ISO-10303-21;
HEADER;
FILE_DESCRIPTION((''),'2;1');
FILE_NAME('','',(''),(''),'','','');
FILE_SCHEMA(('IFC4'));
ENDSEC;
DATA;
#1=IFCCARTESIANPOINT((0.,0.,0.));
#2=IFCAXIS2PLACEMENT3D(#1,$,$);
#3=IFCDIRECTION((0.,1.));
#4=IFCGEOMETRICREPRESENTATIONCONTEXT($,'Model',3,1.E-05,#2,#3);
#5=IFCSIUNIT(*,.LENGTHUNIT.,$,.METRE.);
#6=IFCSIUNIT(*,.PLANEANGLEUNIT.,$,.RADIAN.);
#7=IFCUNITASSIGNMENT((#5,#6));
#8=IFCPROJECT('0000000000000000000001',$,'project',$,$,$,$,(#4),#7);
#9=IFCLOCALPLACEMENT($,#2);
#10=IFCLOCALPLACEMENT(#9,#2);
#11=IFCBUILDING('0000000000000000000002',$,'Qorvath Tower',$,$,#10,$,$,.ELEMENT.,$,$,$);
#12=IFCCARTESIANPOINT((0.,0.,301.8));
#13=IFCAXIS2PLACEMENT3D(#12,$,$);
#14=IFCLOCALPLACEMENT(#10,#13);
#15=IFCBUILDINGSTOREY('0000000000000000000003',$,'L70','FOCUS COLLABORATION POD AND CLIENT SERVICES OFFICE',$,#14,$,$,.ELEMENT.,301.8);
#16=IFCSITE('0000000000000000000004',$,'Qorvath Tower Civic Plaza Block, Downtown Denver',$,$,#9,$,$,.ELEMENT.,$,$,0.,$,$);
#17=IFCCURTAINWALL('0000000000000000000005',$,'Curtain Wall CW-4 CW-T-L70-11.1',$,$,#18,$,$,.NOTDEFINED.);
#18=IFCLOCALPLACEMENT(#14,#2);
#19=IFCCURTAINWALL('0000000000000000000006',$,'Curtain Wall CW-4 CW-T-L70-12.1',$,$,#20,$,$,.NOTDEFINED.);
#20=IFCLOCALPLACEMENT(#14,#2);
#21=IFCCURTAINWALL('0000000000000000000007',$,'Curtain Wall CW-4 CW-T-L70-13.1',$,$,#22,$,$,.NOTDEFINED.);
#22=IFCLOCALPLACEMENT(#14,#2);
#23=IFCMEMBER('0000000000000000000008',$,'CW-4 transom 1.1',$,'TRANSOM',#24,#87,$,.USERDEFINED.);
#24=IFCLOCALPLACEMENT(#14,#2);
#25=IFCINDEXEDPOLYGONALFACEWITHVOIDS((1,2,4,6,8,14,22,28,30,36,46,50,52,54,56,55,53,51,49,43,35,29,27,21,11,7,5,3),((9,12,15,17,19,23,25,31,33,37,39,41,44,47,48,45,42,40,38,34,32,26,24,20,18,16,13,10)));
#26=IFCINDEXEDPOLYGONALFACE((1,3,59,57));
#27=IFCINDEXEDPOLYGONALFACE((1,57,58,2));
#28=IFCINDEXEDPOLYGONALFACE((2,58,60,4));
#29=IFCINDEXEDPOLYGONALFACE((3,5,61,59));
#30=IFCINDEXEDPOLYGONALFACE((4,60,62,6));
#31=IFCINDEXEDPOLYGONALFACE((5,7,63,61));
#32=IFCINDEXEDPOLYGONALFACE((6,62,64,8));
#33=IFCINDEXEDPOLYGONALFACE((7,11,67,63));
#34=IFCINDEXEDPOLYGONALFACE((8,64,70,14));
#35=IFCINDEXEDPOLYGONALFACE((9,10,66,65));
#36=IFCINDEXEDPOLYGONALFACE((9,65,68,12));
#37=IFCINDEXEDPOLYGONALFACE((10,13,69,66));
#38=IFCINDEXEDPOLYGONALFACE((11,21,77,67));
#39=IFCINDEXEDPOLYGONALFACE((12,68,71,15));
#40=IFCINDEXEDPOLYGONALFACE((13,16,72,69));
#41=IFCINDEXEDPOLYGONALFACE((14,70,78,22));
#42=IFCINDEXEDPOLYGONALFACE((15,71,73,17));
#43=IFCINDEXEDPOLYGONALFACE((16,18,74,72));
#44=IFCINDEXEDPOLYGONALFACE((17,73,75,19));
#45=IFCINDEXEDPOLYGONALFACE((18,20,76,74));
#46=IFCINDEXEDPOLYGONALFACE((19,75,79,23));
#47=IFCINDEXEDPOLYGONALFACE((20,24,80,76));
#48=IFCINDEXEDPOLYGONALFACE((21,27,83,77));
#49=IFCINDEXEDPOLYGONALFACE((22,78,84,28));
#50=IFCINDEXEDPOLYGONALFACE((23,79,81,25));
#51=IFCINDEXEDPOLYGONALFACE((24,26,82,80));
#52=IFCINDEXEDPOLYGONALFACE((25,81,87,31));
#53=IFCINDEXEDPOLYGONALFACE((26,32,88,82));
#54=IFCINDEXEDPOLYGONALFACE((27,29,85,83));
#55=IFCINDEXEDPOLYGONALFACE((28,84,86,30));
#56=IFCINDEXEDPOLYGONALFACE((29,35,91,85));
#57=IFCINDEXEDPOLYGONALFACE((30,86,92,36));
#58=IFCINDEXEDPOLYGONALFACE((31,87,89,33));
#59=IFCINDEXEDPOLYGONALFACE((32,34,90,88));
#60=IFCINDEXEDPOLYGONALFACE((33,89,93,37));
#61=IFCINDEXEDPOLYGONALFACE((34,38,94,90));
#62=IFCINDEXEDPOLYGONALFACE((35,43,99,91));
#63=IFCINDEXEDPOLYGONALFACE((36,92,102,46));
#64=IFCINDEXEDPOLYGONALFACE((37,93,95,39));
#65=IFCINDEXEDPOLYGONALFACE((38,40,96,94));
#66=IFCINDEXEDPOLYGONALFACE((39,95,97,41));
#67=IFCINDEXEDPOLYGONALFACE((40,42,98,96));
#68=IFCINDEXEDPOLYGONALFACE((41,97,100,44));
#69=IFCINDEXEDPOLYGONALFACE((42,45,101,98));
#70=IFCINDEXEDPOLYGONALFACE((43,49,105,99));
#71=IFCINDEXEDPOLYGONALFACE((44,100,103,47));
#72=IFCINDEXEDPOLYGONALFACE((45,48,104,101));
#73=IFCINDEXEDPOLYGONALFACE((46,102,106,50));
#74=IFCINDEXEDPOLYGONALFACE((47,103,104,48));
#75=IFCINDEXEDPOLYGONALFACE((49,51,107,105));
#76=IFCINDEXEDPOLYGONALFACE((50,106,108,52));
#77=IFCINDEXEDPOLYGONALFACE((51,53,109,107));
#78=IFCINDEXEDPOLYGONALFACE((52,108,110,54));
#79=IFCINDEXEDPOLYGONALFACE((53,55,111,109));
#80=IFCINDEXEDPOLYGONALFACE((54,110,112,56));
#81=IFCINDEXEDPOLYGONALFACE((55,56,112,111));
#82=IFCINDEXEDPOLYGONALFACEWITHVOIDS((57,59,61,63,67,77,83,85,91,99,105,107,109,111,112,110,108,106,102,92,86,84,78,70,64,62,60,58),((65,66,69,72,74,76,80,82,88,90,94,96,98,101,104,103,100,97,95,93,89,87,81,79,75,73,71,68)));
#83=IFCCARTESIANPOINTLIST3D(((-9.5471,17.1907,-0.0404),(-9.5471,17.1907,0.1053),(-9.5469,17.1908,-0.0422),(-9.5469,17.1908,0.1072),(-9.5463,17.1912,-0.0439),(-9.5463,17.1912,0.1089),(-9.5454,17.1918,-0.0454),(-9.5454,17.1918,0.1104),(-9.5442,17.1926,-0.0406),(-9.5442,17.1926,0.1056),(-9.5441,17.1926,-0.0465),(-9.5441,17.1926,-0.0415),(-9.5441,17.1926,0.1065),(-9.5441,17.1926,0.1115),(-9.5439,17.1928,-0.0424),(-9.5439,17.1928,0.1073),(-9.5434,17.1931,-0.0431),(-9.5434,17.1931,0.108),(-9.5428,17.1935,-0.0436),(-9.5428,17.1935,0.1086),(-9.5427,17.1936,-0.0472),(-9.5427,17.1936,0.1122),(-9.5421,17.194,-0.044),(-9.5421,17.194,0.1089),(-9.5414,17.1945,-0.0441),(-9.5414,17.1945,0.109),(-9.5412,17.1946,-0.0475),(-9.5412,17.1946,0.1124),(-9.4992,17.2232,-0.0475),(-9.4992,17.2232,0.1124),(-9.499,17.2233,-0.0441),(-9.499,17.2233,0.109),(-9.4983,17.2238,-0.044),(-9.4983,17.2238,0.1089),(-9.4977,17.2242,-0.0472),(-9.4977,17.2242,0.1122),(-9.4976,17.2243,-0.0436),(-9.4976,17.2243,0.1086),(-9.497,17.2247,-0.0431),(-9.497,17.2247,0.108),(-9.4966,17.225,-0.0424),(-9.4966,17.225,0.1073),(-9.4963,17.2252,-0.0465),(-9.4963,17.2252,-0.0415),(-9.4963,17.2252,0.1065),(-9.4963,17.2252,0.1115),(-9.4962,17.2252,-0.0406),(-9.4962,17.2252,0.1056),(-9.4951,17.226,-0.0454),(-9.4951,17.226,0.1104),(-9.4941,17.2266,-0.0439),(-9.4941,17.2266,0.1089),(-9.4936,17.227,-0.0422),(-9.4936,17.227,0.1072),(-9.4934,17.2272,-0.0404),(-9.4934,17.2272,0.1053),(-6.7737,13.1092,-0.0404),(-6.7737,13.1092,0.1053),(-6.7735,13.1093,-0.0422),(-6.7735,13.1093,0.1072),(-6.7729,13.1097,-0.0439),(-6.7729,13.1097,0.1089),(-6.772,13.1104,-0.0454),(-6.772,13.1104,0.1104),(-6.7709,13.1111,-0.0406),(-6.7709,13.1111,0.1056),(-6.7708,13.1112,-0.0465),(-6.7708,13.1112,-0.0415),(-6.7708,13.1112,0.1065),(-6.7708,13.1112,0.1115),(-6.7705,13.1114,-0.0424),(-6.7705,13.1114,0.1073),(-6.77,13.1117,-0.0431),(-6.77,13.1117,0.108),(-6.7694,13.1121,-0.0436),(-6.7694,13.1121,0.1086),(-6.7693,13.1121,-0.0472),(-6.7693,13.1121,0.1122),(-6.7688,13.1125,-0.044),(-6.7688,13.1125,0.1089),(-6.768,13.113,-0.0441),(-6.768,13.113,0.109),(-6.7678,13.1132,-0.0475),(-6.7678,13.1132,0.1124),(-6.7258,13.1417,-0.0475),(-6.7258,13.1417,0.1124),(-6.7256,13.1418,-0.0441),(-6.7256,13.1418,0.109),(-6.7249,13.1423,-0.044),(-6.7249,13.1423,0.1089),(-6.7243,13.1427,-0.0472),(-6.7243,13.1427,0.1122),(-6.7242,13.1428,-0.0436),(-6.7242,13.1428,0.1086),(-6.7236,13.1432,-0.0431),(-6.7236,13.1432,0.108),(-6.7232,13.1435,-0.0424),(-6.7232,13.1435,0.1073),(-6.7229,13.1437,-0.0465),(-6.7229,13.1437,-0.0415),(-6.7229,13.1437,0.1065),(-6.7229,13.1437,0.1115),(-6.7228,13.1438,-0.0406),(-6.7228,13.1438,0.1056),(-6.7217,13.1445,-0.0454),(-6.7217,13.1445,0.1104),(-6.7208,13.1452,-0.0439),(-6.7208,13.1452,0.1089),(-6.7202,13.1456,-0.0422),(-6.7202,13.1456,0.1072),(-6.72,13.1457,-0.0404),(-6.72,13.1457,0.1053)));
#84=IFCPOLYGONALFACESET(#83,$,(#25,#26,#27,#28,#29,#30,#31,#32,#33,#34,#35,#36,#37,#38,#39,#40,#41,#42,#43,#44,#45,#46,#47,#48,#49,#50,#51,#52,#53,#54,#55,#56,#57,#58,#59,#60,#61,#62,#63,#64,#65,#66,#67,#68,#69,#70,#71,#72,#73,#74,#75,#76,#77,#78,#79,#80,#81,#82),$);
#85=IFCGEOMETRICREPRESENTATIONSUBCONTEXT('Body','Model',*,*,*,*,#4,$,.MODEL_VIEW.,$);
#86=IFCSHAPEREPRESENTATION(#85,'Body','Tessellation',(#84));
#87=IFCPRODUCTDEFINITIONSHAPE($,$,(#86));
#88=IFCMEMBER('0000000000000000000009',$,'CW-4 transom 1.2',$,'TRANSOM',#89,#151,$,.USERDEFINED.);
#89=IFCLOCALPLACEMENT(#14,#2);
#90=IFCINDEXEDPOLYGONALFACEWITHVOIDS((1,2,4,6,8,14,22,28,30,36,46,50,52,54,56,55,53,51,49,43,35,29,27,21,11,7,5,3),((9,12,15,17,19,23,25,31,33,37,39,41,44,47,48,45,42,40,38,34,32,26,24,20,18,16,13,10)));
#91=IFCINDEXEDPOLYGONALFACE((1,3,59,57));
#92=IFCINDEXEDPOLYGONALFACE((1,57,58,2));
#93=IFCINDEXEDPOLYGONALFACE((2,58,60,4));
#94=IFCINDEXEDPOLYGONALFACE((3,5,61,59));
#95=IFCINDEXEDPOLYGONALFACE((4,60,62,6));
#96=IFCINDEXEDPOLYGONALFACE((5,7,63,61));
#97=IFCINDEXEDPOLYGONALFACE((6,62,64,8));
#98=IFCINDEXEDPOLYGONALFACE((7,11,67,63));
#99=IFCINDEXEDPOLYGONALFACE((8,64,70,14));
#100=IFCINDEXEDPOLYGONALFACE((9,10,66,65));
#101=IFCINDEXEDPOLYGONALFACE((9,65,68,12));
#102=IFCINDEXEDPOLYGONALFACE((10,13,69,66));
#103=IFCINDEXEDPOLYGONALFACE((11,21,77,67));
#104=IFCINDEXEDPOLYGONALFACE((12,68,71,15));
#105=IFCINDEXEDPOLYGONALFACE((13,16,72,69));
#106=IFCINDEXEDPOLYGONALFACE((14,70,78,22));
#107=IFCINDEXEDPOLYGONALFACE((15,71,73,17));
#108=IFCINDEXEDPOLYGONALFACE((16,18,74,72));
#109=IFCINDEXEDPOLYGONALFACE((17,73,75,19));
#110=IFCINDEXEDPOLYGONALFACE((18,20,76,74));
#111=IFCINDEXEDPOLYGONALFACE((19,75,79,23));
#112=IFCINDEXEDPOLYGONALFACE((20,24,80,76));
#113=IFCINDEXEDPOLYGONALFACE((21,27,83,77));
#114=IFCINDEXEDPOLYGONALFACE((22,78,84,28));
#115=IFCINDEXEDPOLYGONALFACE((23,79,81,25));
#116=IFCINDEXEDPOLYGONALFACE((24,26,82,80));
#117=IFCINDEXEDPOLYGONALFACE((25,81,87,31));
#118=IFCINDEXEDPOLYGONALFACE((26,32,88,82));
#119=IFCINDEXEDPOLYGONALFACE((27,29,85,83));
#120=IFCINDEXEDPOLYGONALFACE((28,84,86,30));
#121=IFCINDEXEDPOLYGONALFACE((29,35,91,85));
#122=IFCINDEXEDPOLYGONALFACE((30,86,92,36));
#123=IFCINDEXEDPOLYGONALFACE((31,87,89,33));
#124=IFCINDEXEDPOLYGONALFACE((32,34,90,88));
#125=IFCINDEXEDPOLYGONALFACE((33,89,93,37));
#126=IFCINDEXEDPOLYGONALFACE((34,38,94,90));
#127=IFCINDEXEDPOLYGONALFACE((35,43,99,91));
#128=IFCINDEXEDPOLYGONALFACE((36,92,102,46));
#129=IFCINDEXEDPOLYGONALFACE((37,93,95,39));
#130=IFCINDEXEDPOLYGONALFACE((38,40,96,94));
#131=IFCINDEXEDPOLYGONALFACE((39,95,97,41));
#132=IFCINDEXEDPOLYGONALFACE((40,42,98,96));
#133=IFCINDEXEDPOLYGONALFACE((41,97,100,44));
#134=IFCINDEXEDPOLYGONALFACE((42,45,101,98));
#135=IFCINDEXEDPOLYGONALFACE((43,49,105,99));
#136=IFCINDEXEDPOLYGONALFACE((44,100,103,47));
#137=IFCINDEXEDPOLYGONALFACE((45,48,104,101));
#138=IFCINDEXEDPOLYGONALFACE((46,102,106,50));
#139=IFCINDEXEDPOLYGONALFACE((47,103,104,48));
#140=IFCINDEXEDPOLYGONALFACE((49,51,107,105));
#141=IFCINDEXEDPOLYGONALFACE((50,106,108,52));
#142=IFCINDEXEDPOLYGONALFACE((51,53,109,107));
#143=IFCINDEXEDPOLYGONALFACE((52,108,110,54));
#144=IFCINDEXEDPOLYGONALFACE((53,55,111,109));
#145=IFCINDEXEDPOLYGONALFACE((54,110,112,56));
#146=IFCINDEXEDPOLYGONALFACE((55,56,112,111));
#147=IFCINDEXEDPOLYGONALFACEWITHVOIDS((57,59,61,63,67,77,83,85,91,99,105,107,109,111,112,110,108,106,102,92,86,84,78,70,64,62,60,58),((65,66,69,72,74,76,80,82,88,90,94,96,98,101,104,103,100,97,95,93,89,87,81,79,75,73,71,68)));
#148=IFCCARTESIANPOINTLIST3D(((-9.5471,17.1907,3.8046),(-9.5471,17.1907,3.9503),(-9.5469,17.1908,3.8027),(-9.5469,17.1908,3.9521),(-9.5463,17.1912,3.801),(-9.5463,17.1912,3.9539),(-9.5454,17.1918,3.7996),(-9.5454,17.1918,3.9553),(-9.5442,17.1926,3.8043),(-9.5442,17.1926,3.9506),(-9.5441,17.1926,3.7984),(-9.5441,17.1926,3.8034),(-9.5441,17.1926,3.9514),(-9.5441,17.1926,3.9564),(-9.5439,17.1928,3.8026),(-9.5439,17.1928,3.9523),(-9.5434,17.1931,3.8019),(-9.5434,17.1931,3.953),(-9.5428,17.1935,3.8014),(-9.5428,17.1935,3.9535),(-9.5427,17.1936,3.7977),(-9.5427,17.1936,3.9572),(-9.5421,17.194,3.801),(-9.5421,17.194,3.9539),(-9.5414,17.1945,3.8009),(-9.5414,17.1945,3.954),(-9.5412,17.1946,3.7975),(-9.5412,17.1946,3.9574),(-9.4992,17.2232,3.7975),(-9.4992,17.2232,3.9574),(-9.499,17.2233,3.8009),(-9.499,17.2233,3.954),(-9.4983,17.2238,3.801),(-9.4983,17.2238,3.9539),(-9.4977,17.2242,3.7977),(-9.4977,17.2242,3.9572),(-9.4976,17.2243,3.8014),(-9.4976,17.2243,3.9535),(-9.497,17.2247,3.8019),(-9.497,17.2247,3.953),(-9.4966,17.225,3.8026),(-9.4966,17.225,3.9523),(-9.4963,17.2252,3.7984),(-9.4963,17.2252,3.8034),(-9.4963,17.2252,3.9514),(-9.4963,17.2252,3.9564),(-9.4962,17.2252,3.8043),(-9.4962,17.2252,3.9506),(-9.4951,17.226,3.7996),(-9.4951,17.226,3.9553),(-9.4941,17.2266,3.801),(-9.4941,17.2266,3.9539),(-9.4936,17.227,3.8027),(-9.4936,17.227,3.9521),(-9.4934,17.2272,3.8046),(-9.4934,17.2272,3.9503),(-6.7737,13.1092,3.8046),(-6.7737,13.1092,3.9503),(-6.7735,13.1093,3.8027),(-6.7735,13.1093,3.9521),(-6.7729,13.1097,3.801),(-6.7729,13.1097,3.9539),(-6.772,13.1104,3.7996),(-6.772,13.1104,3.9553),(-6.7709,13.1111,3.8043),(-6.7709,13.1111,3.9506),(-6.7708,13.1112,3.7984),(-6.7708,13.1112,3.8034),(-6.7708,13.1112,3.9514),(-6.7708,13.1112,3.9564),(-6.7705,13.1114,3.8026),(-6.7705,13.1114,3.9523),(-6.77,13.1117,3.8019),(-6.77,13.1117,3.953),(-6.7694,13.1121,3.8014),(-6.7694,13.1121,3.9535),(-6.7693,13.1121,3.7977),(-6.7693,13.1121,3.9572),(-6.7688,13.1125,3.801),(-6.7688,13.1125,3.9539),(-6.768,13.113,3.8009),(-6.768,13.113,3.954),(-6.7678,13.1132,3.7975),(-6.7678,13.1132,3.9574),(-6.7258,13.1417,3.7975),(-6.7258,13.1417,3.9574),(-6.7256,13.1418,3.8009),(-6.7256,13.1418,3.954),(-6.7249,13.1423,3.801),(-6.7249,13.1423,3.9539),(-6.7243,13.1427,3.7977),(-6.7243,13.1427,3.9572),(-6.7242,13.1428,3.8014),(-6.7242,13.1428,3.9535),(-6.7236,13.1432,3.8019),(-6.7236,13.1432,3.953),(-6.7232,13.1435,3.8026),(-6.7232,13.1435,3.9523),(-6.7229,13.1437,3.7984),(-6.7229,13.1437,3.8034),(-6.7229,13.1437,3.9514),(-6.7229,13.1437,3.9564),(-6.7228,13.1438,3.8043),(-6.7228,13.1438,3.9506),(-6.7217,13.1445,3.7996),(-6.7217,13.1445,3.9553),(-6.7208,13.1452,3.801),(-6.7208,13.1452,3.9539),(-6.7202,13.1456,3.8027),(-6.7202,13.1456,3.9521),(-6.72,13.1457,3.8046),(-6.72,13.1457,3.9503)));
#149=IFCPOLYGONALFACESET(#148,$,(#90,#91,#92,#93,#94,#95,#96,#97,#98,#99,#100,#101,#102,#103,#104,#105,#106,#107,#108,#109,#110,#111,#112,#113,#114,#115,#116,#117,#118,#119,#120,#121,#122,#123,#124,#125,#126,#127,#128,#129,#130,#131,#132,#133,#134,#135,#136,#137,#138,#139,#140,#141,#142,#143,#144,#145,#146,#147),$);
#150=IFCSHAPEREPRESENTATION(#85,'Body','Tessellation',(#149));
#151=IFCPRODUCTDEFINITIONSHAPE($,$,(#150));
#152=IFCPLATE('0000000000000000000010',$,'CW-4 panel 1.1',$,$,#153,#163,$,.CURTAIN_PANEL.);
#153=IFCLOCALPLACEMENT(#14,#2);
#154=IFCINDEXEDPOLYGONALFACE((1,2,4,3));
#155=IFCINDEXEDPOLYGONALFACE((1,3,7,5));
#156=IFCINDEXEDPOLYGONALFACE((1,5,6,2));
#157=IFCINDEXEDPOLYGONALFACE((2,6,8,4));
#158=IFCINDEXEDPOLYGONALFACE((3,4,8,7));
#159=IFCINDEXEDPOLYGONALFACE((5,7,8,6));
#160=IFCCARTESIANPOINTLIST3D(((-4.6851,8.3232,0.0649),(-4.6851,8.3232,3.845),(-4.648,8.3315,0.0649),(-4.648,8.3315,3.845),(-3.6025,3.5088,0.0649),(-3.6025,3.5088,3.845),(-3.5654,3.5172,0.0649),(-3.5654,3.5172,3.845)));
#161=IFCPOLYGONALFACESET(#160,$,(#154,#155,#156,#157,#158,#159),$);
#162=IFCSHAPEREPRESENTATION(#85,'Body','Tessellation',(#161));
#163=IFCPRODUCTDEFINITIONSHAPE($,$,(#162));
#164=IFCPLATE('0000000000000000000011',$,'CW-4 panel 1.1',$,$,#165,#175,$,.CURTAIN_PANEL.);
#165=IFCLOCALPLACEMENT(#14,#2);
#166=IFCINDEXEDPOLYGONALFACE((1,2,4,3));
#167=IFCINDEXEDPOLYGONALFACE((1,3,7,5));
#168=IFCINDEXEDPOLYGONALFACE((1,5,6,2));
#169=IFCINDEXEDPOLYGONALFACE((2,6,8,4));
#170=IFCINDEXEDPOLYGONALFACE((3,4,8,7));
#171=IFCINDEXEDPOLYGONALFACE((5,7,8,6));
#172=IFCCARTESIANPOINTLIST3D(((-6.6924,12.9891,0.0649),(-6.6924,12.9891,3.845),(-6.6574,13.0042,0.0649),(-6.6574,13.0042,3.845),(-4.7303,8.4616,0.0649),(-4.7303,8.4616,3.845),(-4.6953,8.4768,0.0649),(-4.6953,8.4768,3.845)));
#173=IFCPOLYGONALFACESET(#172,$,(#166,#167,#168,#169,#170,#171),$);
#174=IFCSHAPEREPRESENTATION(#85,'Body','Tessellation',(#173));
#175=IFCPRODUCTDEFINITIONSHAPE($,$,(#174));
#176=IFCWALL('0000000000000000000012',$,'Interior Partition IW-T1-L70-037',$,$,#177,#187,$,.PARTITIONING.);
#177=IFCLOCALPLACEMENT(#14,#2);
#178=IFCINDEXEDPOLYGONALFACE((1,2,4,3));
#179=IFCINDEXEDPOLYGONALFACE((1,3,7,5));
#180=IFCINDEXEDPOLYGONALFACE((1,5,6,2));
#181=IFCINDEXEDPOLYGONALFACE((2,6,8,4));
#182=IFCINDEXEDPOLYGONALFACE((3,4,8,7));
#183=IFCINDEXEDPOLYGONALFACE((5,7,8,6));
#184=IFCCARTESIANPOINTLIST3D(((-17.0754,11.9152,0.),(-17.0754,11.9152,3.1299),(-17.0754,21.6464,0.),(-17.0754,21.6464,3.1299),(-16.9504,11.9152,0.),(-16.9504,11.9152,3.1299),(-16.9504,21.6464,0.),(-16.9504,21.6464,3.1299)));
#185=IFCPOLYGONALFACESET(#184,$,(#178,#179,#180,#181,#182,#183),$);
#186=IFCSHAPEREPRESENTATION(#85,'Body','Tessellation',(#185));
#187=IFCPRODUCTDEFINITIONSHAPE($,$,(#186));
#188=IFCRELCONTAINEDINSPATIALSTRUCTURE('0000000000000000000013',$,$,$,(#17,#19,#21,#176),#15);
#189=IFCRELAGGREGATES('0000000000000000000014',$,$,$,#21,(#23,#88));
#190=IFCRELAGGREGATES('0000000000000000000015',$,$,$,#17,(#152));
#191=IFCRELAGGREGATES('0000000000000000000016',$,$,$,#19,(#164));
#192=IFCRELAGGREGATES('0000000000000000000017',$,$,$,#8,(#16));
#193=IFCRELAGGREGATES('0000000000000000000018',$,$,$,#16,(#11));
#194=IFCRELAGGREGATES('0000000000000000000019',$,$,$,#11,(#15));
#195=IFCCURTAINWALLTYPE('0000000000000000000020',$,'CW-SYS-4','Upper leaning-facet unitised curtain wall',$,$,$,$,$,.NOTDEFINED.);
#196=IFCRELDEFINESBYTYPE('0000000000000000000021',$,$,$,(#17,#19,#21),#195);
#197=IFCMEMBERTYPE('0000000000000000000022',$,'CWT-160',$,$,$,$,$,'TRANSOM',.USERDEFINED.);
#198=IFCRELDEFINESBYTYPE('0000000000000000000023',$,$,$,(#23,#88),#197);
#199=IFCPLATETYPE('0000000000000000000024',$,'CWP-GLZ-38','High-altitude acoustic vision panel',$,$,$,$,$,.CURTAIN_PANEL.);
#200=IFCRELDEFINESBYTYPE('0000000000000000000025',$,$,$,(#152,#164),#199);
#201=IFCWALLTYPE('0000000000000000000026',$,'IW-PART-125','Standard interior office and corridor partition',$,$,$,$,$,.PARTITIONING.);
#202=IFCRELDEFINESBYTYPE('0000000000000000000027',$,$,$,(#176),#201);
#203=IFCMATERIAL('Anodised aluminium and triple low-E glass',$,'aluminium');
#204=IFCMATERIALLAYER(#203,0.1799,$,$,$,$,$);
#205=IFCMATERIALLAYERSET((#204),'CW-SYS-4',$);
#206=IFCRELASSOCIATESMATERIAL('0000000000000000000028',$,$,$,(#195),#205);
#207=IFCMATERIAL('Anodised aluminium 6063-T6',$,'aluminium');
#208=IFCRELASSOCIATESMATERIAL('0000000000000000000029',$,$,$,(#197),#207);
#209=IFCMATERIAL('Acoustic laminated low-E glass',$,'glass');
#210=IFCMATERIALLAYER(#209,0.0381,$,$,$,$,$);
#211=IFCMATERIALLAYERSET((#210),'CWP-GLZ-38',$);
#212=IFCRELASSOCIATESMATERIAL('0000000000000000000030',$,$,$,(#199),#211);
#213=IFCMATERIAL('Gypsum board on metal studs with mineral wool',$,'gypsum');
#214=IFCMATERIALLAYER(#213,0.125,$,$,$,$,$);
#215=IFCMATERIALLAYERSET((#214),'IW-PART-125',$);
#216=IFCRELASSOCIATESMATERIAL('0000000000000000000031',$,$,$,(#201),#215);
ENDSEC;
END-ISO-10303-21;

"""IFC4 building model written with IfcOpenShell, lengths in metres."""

from ifc_helpers import new_model, si_unit, direction, frame, frame_2d, origin, origin_2d, place, context, subcontext, project, spatial, rectangle, hollow_rectangle, extrude, material, layer, layer_set, material_profile, profile_set, type_object, element, aggregate, save


model = new_model("IFC4")

# Units and contexts
model_context = context("Model", 3, precision=1e-05, world=origin(), true_north=direction((0.0, 1.0)))
body_context = subcontext(model_context, "Body", "Model", "MODEL_VIEW")
ifc_project = project(units=[si_unit("LENGTHUNIT", "METRE"), si_unit("PLANEANGLEUNIT", "RADIAN")], contexts=[model_context])

# Site, building, storey
site_placement = place(None, origin())
site = spatial("IfcSite", under=ifc_project, at=site_placement, Name="Qorvath Tower Civic Plaza Block, Downtown Denver", CompositionType="ELEMENT", RefElevation=0.0)
building_placement = place(site_placement, origin())
building = spatial("IfcBuilding", under=site, at=building_placement, Name="Qorvath Tower", CompositionType="ELEMENT")
storey_placement = place(building_placement, frame((0.0, 0.0, 301.8)))
storey = spatial("IfcBuildingStorey", under=building, at=storey_placement, Name="L70", Description="FOCUS COLLABORATION POD AND CLIENT SERVICES OFFICE", CompositionType="ELEMENT", Elevation=301.8)

# Curtain wall
ifc_material_1 = material(Name="Anodised aluminium and triple low-E glass", Category="aluminium")
ifc_layer_1 = layer(ifc_material_1, 0.1799)
ifc_layer_set_1 = layer_set([ifc_layer_1], Name="CW-SYS-4")
curtain_wall_type = type_object("IfcCurtainWallType", Name="CW-SYS-4", Description="Upper leaning-facet unitised curtain wall", PredefinedType="NOTDEFINED", material=ifc_layer_set_1)
curtain_wall_1_placement = place(storey_placement, origin())
curtain_wall_1 = element("IfcCurtainWall", 1, at=curtain_wall_1_placement, inside=storey, type_object=curtain_wall_type, Name="Curtain Wall CW-4 CW-T-L70-11.1", PredefinedType="NOTDEFINED")

# Curtain wall
curtain_wall_2_placement = place(storey_placement, origin())
curtain_wall_2 = element("IfcCurtainWall", 2, at=curtain_wall_2_placement, inside=storey, type_object=curtain_wall_type, Name="Curtain Wall CW-4 CW-T-L70-12.1", PredefinedType="NOTDEFINED")

# Curtain wall
curtain_wall_3_placement = place(storey_placement, origin())
curtain_wall_3 = element("IfcCurtainWall", 3, at=curtain_wall_3_placement, inside=storey, type_object=curtain_wall_type, Name="Curtain Wall CW-4 CW-T-L70-13.1", PredefinedType="NOTDEFINED")

# Members
ifc_material_2 = material(Name="Anodised aluminium 6063-T6", Category="aluminium")
ifc_material_profile_1 = material_profile(ifc_material_2, hollow_rectangle(XDim=0.0649, YDim=0.1599, WallThickness=0.0034, InnerFilletRadius=0.0034, OuterFilletRadius=0.0071, at=origin_2d()), Name="CWT 160x65")
ifc_profile_set_1 = profile_set([ifc_material_profile_1], Name="Anodised aluminium 6063-T6")
member_type_1 = type_object("IfcMemberType", Name="CWT-160", ElementType="TRANSOM", PredefinedType="USERDEFINED", material=ifc_profile_set_1)
member_1_placement = place(storey_placement, frame((-6.7468, 13.1274, 0.0325), z_axis=(-0.562031, 0.827116, 0.0), x_axis=(-0.827116, -0.562031, 0.0)))
member_1 = element("IfcMember", 4, at=member_1_placement, type_object=member_type_1, Name="CW-4 transom 1.1", ObjectType="TRANSOM", PredefinedType="USERDEFINED", context=body_context, shape_type="SweptSolid", body=[
    extrude(hollow_rectangle(XDim=0.0649, YDim=0.1599, WallThickness=0.0034, InnerFilletRadius=0.0034, OuterFilletRadius=0.0071, at=origin_2d()), origin(), (0.0, 0.0, 1.0), 4.9346),
])
member_2_placement = place(storey_placement, frame((-6.7468, 13.1274, 3.8774), z_axis=(-0.562031, 0.827116, 0.0), x_axis=(-0.827116, -0.562031, 0.0)))
member_2 = element("IfcMember", 5, at=member_2_placement, type_object=member_type_1, Name="CW-4 transom 1.2", ObjectType="TRANSOM", PredefinedType="USERDEFINED", context=body_context, shape_type="SweptSolid", body=[
    extrude(hollow_rectangle(XDim=0.0649, YDim=0.1599, WallThickness=0.0034, InnerFilletRadius=0.0034, OuterFilletRadius=0.0071, at=origin_2d()), origin(), (0.0, 0.0, 1.0), 4.9346),
])
aggregate(curtain_wall_3, [member_1, member_2])

# Plates
ifc_material_3 = material(Name="Acoustic laminated low-E glass", Category="glass")
ifc_layer_2 = layer(ifc_material_3, 0.0381)
ifc_layer_set_2 = layer_set([ifc_layer_2], Name="CWP-GLZ-38")
plate_type = type_object("IfcPlateType", Name="CWP-GLZ-38", Description="High-altitude acoustic vision panel", PredefinedType="CURTAIN_PANEL", material=ifc_layer_set_2)
plate_1_placement = place(storey_placement, frame((-4.1252, 5.9202, 0.0649), z_axis=(0.0, 0.0, 1.0), x_axis=(-0.219389, 0.975637, 0.0)))
plate_1 = element("IfcPlate", 6, at=plate_1_placement, type_object=plate_type, Name="CW-4 panel 1.1", PredefinedType="CURTAIN_PANEL", context=body_context, shape_type="SweptSolid", body=[
    extrude(rectangle(XDim=4.9346, YDim=0.0381, at=origin_2d()), origin(), (0.0, 0.0, 1.0), 3.78),
])
aggregate(curtain_wall_1, [plate_1])
plate_2_placement = place(storey_placement, frame((-5.6938, 10.7329, 0.0649), z_axis=(0.0, 0.0, 1.0), x_axis=(-0.397641, 0.917541, 0.0)))
plate_2 = element("IfcPlate", 7, at=plate_2_placement, type_object=plate_type, Name="CW-4 panel 1.1", PredefinedType="CURTAIN_PANEL", context=body_context, shape_type="SweptSolid", body=[
    extrude(rectangle(XDim=4.9343, YDim=0.0381, at=origin_2d()), origin(), (0.0, 0.0, 1.0), 3.78),
])
aggregate(curtain_wall_2, [plate_2])

# Wall
ifc_material_4 = material(Name="Gypsum board on metal studs with mineral wool", Category="gypsum")
ifc_layer_3 = layer(ifc_material_4, 0.125)
ifc_layer_set_3 = layer_set([ifc_layer_3], Name="IW-PART-125")
wall_type_1 = type_object("IfcWallType", Name="IW-PART-125", Description="Standard interior office and corridor partition", PredefinedType="PARTITIONING", material=ifc_layer_set_3)
wall_1_placement = place(storey_placement, frame((-17.0129, 11.915, 0.0), z_axis=(0.0, 0.0, 1.0), x_axis=(0.0, 1.0, 0.0)))
element("IfcWall", 8, at=wall_1_placement, inside=storey, type_object=wall_type_1, Name="Interior Partition IW-T1-L70-037", PredefinedType="PARTITIONING", context=body_context, shape_type="SweptSolid", body=[
    extrude(rectangle(XDim=9.7312, YDim=0.125, at=frame_2d((4.8657, 0.0))), origin(), (0.0, 0.0, 1.0), 3.1299),
])

save(model, "model.ifc")
